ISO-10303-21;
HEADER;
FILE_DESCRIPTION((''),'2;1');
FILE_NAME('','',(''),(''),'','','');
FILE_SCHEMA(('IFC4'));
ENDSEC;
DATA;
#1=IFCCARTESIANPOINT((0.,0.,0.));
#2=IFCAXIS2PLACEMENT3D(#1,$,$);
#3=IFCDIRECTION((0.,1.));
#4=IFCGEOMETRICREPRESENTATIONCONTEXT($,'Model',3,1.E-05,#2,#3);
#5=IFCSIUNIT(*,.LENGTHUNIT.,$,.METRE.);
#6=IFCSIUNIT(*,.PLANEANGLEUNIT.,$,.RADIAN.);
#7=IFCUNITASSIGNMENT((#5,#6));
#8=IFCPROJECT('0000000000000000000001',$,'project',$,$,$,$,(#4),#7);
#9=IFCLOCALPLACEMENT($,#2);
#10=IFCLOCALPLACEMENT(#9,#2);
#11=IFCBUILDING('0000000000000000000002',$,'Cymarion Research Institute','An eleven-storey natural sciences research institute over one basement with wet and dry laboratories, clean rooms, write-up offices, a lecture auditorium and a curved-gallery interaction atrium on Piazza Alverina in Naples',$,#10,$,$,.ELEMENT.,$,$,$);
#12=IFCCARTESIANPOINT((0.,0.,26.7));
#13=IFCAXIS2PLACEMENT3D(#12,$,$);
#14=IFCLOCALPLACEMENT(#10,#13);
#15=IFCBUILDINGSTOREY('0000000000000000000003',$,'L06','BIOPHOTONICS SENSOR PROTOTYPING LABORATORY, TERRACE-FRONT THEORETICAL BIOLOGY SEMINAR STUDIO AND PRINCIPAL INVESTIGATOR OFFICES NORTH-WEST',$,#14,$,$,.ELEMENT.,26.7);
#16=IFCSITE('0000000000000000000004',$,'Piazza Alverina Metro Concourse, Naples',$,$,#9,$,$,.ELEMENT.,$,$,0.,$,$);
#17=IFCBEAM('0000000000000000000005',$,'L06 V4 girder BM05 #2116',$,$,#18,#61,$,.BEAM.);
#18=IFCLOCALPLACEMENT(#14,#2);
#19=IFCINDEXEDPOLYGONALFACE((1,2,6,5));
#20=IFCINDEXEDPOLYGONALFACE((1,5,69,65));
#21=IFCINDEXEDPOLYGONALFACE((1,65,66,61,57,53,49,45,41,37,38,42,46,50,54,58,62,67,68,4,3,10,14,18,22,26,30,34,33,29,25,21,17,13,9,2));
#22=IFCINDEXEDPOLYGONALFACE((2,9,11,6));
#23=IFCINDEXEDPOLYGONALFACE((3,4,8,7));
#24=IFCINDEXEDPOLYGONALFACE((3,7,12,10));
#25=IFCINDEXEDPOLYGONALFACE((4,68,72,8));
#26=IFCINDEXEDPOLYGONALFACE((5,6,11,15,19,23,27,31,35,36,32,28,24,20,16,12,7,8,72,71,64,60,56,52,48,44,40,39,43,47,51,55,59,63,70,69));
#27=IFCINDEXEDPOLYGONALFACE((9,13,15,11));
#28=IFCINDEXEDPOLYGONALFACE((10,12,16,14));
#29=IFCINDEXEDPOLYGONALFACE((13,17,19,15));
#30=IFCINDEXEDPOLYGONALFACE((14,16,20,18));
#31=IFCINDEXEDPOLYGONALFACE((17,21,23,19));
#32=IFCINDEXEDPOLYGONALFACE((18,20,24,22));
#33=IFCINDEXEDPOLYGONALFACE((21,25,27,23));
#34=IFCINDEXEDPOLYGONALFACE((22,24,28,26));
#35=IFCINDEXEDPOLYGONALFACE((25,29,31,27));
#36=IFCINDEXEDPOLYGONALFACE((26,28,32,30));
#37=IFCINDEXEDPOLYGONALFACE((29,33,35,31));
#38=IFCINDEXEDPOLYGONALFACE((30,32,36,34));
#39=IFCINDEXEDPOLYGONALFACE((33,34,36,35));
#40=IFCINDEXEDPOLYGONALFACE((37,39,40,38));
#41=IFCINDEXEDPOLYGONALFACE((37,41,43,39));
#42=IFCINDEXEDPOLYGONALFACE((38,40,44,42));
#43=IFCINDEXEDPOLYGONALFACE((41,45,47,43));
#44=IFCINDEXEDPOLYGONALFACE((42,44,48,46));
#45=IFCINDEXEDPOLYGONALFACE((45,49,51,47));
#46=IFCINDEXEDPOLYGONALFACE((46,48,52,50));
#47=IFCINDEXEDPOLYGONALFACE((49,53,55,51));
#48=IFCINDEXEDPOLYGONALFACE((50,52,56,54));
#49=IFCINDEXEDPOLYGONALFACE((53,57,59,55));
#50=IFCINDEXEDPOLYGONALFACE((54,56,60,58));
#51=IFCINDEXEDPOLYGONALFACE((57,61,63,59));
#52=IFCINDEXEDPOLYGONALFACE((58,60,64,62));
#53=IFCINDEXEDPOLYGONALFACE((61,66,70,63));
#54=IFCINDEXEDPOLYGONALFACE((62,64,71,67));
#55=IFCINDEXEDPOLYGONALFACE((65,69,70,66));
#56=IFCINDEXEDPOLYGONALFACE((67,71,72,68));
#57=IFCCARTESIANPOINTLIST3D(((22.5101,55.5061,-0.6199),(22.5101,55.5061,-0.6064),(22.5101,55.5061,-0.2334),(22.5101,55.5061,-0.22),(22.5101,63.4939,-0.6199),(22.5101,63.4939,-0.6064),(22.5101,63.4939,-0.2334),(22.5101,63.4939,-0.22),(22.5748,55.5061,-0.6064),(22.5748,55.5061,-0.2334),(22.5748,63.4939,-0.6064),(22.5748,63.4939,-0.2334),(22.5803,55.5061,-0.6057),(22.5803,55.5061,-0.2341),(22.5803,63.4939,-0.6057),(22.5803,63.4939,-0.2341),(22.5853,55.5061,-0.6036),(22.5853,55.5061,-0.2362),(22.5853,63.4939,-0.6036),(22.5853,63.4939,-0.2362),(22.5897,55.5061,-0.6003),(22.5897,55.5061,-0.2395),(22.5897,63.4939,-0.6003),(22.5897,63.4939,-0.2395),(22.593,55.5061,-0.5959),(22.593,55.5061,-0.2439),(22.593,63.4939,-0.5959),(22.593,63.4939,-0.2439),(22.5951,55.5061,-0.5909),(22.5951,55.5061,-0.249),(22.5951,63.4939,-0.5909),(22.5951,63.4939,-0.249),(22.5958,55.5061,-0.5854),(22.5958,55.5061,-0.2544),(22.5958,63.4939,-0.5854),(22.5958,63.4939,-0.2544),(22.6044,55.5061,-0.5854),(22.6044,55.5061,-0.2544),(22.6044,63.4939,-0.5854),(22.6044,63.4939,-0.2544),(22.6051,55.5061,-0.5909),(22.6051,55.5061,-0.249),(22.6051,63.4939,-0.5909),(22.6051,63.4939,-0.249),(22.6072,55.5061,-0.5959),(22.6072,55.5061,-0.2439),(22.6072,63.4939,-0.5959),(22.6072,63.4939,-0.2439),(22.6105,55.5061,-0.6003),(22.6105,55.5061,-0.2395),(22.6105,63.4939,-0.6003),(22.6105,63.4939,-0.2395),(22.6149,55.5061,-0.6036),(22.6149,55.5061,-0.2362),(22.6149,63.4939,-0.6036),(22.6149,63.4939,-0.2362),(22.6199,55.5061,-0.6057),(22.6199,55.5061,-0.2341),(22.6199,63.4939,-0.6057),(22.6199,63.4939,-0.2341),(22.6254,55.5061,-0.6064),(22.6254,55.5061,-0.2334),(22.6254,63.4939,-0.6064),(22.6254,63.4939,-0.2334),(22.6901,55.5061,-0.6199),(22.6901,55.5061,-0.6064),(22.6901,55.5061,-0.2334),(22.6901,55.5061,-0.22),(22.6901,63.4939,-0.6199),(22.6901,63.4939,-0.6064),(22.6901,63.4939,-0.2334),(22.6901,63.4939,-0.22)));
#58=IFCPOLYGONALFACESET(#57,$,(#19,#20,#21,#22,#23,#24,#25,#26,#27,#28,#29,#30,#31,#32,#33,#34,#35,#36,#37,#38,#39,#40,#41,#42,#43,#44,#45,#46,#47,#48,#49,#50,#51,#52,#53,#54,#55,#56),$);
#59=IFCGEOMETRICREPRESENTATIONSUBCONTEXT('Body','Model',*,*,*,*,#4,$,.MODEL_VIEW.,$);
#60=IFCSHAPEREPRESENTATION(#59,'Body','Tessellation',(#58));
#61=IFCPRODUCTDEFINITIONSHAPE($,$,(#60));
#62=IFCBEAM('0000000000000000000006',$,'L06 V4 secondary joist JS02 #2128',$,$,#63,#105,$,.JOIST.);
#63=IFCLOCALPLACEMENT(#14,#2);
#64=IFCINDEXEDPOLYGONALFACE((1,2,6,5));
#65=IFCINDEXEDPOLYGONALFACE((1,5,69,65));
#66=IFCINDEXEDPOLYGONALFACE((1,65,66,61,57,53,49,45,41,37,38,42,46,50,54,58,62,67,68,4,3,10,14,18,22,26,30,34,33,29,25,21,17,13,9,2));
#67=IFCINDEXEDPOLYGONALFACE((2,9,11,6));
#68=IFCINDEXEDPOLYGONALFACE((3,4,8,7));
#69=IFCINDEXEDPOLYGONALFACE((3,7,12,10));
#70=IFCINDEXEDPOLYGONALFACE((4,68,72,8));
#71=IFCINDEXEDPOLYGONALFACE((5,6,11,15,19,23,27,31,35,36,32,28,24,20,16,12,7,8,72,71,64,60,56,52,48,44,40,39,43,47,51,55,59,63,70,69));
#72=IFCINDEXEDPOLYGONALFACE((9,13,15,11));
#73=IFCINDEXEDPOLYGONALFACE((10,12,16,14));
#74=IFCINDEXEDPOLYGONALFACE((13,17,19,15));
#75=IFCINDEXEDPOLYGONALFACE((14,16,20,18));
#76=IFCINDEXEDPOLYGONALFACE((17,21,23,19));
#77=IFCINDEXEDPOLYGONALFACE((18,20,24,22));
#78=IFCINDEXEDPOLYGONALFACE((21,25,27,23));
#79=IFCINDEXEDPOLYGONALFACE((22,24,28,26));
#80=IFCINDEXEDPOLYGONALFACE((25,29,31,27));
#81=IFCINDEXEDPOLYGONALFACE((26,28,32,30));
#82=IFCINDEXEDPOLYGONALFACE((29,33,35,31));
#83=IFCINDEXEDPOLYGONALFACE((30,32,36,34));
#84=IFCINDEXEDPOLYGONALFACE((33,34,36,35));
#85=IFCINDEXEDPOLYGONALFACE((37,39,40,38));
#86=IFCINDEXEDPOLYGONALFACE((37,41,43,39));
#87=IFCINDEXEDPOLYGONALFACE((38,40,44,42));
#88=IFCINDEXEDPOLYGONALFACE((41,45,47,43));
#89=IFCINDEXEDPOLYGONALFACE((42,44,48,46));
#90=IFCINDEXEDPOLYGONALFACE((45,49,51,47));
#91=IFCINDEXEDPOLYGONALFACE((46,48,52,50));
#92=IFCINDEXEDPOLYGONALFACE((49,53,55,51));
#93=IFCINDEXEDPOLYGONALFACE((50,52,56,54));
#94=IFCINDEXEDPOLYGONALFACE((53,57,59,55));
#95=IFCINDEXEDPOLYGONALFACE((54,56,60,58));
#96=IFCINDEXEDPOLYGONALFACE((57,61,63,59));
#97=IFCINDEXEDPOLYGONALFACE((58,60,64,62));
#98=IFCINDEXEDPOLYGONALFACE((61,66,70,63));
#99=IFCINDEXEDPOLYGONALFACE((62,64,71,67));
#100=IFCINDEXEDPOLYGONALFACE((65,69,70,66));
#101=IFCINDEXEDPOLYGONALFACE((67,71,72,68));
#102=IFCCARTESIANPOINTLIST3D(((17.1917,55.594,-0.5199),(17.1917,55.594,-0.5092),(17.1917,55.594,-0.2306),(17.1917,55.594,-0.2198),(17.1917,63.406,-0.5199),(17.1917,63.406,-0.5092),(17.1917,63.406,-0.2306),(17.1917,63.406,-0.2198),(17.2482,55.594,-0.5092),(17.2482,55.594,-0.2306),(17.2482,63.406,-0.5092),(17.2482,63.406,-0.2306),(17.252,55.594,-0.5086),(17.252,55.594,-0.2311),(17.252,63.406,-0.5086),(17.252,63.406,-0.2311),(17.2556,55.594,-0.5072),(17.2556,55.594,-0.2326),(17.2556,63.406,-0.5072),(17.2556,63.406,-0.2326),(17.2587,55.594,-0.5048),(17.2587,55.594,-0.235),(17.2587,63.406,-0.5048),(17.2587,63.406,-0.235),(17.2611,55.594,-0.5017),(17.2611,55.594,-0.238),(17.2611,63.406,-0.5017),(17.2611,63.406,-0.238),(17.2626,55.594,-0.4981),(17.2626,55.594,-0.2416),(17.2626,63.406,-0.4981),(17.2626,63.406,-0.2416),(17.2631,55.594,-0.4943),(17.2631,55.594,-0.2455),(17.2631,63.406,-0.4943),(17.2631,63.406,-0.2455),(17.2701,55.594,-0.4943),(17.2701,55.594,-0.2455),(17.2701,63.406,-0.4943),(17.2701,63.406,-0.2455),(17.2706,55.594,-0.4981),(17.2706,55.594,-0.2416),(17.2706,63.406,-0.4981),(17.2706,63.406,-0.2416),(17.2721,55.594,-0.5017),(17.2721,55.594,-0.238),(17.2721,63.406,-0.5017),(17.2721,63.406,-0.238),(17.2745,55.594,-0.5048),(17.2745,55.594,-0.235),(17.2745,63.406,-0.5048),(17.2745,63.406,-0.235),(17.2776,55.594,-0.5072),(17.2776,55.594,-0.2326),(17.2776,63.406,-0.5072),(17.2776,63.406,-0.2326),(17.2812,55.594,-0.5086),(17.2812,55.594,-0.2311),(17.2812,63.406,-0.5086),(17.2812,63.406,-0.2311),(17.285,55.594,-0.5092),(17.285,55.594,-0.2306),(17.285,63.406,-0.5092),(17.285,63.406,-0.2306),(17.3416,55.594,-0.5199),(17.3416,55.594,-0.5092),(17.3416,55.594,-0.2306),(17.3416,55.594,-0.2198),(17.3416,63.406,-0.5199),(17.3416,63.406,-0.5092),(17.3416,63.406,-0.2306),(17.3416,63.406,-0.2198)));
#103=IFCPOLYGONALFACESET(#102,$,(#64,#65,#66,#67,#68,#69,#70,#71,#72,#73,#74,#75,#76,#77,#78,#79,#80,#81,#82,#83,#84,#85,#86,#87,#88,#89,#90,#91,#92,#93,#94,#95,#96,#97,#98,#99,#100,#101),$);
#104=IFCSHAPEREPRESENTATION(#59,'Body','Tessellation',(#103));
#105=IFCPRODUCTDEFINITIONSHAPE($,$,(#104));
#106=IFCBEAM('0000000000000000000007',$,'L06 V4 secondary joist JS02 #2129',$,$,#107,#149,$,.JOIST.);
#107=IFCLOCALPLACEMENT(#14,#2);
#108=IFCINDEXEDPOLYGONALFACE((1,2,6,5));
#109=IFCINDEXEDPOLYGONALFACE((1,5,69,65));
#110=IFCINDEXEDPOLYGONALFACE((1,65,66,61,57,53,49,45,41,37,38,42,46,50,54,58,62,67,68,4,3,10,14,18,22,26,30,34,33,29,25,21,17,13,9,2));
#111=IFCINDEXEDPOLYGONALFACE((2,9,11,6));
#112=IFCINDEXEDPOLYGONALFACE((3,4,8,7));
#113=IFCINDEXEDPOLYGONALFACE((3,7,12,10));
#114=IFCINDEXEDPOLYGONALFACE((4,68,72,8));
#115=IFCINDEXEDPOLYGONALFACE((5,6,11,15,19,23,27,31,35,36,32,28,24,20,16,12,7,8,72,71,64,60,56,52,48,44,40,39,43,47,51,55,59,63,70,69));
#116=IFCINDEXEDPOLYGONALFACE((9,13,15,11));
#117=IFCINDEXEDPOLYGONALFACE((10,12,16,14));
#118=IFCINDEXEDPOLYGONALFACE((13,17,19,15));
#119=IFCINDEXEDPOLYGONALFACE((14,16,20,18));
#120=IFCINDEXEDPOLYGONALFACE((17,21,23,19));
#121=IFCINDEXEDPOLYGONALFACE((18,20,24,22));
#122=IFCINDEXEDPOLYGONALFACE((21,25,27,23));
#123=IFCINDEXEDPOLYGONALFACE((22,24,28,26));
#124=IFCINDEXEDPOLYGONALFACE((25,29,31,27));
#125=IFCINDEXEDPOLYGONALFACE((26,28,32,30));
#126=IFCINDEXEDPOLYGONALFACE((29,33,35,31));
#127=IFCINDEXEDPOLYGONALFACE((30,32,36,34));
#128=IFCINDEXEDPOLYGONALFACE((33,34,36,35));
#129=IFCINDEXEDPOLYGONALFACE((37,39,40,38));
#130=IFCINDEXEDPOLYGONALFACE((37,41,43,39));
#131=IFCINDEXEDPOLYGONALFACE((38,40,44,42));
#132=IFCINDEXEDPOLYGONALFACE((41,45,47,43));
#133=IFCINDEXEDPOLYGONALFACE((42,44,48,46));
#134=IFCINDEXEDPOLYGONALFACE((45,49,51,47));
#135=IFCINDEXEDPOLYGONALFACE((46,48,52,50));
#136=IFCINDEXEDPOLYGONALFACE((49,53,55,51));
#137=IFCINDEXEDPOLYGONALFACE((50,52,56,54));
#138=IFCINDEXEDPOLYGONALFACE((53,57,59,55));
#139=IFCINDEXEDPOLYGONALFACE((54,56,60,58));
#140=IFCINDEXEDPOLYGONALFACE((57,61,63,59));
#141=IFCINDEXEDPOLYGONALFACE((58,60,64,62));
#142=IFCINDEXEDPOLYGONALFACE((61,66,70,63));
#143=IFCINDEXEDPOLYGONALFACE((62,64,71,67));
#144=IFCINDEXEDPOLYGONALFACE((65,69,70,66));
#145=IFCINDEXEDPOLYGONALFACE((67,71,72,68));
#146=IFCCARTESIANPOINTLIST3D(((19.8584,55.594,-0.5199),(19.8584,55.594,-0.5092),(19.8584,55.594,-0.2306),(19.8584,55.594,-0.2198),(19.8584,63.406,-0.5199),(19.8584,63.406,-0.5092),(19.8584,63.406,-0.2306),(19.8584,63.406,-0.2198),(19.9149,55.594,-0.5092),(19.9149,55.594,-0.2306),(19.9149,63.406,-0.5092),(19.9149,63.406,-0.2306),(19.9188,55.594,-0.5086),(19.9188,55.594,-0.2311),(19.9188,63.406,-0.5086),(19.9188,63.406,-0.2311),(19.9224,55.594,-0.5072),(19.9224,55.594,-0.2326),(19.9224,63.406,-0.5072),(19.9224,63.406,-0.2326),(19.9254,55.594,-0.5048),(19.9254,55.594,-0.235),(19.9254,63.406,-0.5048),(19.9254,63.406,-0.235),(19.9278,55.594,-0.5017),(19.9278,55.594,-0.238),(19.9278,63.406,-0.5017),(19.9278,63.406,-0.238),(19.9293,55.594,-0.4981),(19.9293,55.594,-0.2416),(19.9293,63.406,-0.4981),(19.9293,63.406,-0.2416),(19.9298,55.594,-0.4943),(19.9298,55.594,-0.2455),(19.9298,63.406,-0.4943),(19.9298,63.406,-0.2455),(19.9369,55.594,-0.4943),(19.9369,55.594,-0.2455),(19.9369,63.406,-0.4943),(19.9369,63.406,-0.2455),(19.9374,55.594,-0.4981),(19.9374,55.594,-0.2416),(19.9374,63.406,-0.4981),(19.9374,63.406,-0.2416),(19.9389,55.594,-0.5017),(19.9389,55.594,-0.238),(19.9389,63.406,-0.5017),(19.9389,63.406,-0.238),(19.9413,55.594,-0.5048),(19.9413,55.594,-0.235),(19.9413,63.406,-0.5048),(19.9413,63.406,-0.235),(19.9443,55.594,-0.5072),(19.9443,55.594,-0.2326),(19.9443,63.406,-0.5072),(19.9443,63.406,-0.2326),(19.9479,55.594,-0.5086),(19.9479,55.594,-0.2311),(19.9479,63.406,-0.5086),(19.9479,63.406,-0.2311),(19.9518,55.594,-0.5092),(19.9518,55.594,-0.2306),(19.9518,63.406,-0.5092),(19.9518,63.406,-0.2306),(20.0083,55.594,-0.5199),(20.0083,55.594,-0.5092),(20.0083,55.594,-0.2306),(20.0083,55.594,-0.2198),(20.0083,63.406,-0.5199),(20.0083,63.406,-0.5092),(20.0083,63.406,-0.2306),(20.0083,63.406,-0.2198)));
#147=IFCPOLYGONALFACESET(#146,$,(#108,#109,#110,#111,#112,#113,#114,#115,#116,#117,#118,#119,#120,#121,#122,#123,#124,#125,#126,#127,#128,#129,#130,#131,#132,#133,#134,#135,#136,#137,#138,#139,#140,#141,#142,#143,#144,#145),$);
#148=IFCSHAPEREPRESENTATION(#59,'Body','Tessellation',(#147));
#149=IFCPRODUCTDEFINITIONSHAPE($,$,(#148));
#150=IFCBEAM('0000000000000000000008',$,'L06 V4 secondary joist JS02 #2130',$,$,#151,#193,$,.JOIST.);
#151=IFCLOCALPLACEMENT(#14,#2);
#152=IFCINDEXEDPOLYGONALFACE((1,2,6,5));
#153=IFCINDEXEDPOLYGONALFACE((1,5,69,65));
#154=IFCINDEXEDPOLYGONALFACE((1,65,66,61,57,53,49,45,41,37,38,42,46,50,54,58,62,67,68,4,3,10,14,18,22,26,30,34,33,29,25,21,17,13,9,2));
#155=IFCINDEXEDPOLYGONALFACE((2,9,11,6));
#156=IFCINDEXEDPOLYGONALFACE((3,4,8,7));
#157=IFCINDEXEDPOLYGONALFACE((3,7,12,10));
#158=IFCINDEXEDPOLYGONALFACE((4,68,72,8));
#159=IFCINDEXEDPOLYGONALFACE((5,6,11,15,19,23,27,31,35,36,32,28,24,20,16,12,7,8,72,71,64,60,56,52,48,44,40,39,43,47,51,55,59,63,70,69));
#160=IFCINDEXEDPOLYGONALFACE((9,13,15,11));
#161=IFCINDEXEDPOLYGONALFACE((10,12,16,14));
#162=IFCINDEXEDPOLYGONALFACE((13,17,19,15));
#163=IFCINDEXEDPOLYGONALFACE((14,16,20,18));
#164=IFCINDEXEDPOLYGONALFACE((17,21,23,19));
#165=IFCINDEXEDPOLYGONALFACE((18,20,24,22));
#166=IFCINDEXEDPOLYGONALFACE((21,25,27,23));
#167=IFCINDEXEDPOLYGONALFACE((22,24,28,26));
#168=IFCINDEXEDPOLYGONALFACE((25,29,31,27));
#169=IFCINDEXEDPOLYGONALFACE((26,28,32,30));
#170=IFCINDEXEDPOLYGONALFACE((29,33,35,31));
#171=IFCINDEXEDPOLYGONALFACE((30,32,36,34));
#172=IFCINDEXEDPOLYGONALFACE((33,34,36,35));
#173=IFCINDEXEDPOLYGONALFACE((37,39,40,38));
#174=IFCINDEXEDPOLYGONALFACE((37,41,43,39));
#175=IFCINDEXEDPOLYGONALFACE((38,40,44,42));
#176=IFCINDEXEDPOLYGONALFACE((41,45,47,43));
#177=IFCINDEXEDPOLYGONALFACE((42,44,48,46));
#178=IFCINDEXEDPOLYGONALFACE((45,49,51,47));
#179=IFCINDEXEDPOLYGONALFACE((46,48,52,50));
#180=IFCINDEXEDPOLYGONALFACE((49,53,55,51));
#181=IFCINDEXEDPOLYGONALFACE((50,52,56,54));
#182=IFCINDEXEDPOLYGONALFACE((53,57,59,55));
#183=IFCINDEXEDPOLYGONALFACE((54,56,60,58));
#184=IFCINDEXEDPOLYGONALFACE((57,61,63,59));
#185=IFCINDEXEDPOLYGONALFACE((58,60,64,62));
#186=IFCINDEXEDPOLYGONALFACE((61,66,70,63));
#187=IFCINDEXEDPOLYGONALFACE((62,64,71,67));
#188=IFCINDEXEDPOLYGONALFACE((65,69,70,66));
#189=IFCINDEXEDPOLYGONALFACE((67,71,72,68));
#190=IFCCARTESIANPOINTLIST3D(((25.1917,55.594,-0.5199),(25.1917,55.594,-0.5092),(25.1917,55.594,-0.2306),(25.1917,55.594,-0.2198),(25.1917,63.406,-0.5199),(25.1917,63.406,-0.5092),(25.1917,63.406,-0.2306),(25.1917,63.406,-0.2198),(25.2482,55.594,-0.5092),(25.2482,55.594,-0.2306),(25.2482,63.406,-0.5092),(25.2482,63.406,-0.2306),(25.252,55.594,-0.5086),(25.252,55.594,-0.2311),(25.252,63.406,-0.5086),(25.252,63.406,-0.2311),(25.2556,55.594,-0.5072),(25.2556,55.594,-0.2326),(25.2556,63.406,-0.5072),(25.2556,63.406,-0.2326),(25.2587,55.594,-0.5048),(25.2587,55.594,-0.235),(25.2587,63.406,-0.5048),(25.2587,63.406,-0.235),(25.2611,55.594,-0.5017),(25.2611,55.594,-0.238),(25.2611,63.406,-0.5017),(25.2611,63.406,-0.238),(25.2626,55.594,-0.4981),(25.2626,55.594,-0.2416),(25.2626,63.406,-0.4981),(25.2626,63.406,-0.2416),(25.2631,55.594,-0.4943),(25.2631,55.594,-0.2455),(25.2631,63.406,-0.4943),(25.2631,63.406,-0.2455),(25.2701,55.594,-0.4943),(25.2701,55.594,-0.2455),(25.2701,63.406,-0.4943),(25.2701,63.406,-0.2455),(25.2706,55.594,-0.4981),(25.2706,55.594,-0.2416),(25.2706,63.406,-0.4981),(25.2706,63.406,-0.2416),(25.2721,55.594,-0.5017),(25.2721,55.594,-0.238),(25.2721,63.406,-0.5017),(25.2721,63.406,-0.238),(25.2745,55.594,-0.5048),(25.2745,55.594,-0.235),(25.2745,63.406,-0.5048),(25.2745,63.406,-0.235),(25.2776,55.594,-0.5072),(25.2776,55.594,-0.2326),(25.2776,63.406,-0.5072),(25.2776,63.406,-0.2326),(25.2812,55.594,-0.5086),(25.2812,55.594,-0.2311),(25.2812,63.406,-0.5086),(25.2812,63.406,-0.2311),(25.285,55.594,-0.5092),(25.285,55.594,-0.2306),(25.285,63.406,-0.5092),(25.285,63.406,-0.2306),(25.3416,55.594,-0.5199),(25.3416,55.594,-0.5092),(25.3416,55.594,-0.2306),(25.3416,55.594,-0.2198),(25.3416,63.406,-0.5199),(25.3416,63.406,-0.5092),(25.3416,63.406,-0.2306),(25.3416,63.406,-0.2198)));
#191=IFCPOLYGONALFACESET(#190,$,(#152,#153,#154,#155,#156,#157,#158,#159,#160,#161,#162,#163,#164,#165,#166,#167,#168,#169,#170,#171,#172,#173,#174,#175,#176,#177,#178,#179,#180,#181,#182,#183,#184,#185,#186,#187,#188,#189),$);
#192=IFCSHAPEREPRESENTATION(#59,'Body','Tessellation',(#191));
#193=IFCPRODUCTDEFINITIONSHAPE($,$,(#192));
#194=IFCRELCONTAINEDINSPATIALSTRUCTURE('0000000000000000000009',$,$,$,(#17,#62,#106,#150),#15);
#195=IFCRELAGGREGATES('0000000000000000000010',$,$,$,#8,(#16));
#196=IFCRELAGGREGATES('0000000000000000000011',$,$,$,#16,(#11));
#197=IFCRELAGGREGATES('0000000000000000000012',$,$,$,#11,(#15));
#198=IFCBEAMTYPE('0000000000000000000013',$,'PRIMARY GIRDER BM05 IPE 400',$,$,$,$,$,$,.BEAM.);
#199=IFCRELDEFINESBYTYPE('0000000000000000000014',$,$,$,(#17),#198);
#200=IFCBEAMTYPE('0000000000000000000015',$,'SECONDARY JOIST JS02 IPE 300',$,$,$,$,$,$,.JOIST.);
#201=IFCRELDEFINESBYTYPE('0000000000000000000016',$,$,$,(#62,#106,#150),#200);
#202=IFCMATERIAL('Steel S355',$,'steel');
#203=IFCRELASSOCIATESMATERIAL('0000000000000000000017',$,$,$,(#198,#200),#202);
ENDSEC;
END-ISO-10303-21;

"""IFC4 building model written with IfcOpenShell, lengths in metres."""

from ifc_helpers import new_model, si_unit, direction, frame, origin, origin_2d, place, context, subcontext, project, spatial, i_section, extrude, material, material_profile, profile_set, type_object, element, save


model = new_model("IFC4")

# Units and contexts
model_context = context("Model", 3, precision=1e-05, world=origin(), true_north=direction((0.0, 1.0)))
body_context = subcontext(model_context, "Body", "Model", "MODEL_VIEW")
ifc_project = project(units=[si_unit("LENGTHUNIT", "METRE"), si_unit("PLANEANGLEUNIT", "RADIAN")], contexts=[model_context])

# Site, building, storey
site_placement = place(None, origin())
site = spatial("IfcSite", under=ifc_project, at=site_placement, Name="Piazza Alverina Metro Concourse, Naples", CompositionType="ELEMENT", RefElevation=0.0)
building_placement = place(site_placement, origin())
building = spatial("IfcBuilding", under=site, at=building_placement, Name="Cymarion Research Institute", Description="An eleven-storey natural sciences research institute over one basement with wet and dry laboratories, clean rooms, write-up offices, a lecture auditorium and a curved-gallery interaction atrium on Piazza Alverina in Naples", CompositionType="ELEMENT")
storey_placement = place(building_placement, frame((0.0, 0.0, 26.7)))
storey = spatial("IfcBuildingStorey", under=building, at=storey_placement, Name="L06", Description="BIOPHOTONICS SENSOR PROTOTYPING LABORATORY, TERRACE-FRONT THEORETICAL BIOLOGY SEMINAR STUDIO AND PRINCIPAL INVESTIGATOR OFFICES NORTH-WEST", CompositionType="ELEMENT", Elevation=26.7)

# Shared definitions
ifc_material_1 = material(Name="Steel S355", Category="steel")

# Beams
ifc_material_profile_1 = material_profile(ifc_material_1, i_section(OverallWidth=0.1799, OverallDepth=0.3999, WebThickness=0.0085, FlangeThickness=0.0134, FilletRadius=0.021, at=origin_2d()), Name="IPE 400")
ifc_profile_set_1 = profile_set([ifc_material_profile_1], Name="Steel S355")
beam_type_1 = type_object("IfcBeamType", Name="PRIMARY GIRDER BM05 IPE 400", PredefinedType="BEAM", material=ifc_profile_set_1)
beam_1_placement = place(storey_placement, frame((22.6001, 55.5061, -0.4199), z_axis=(0.0, 1.0, 0.0), x_axis=(-1.0, 0.0, 0.0)))
element("IfcBeam", 1, at=beam_1_placement, inside=storey, type_object=beam_type_1, Name="L06 V4 girder BM05 #2116", PredefinedType="BEAM", context=body_context, shape_type="SweptSolid", body=[
    extrude(i_section(OverallWidth=0.1799, OverallDepth=0.3999, WebThickness=0.0085, FlangeThickness=0.0134, FilletRadius=0.021, at=origin_2d()), origin(), (0.0, 0.0, 1.0), 7.9878),
])
ifc_material_profile_2 = material_profile(ifc_material_1, i_section(OverallWidth=0.1499, OverallDepth=0.3, WebThickness=0.0071, FlangeThickness=0.0107, FilletRadius=0.0149, at=origin_2d()), Name="IPE 300")
ifc_profile_set_2 = profile_set([ifc_material_profile_2], Name="Steel S355")
beam_type_2 = type_object("IfcBeamType", Name="SECONDARY JOIST JS02 IPE 300", PredefinedType="JOIST", material=ifc_profile_set_2)
for number, where, z_axis, x_axis, name in (
    (2, (17.2666, 55.594, -0.3699), (0.0, 1.0, 0.0), (-1.0, 0.0, 0.0), "L06 V4 secondary joist JS02 #2128"),
    (3, (19.9333, 55.594, -0.3699), (0.0, 1.0, 0.0), (-1.0, 0.0, 0.0), "L06 V4 secondary joist JS02 #2129"),
    (4, (25.2666, 55.594, -0.3699), (0.0, 1.0, 0.0), (-1.0, 0.0, 0.0), "L06 V4 secondary joist JS02 #2130"),
):
    element("IfcBeam", number, at=place(storey_placement, frame(where, z_axis=z_axis, x_axis=x_axis)), inside=storey, type_object=beam_type_2, Name=name, PredefinedType="JOIST", context=body_context, shape_type="SweptSolid", body=[
        extrude(i_section(OverallWidth=0.1499, OverallDepth=0.3, WebThickness=0.0071, FlangeThickness=0.0107, FilletRadius=0.0149, at=origin_2d()), origin(), (0.0, 0.0, 1.0), 7.812),
    ])

save(model, "model.ifc")
